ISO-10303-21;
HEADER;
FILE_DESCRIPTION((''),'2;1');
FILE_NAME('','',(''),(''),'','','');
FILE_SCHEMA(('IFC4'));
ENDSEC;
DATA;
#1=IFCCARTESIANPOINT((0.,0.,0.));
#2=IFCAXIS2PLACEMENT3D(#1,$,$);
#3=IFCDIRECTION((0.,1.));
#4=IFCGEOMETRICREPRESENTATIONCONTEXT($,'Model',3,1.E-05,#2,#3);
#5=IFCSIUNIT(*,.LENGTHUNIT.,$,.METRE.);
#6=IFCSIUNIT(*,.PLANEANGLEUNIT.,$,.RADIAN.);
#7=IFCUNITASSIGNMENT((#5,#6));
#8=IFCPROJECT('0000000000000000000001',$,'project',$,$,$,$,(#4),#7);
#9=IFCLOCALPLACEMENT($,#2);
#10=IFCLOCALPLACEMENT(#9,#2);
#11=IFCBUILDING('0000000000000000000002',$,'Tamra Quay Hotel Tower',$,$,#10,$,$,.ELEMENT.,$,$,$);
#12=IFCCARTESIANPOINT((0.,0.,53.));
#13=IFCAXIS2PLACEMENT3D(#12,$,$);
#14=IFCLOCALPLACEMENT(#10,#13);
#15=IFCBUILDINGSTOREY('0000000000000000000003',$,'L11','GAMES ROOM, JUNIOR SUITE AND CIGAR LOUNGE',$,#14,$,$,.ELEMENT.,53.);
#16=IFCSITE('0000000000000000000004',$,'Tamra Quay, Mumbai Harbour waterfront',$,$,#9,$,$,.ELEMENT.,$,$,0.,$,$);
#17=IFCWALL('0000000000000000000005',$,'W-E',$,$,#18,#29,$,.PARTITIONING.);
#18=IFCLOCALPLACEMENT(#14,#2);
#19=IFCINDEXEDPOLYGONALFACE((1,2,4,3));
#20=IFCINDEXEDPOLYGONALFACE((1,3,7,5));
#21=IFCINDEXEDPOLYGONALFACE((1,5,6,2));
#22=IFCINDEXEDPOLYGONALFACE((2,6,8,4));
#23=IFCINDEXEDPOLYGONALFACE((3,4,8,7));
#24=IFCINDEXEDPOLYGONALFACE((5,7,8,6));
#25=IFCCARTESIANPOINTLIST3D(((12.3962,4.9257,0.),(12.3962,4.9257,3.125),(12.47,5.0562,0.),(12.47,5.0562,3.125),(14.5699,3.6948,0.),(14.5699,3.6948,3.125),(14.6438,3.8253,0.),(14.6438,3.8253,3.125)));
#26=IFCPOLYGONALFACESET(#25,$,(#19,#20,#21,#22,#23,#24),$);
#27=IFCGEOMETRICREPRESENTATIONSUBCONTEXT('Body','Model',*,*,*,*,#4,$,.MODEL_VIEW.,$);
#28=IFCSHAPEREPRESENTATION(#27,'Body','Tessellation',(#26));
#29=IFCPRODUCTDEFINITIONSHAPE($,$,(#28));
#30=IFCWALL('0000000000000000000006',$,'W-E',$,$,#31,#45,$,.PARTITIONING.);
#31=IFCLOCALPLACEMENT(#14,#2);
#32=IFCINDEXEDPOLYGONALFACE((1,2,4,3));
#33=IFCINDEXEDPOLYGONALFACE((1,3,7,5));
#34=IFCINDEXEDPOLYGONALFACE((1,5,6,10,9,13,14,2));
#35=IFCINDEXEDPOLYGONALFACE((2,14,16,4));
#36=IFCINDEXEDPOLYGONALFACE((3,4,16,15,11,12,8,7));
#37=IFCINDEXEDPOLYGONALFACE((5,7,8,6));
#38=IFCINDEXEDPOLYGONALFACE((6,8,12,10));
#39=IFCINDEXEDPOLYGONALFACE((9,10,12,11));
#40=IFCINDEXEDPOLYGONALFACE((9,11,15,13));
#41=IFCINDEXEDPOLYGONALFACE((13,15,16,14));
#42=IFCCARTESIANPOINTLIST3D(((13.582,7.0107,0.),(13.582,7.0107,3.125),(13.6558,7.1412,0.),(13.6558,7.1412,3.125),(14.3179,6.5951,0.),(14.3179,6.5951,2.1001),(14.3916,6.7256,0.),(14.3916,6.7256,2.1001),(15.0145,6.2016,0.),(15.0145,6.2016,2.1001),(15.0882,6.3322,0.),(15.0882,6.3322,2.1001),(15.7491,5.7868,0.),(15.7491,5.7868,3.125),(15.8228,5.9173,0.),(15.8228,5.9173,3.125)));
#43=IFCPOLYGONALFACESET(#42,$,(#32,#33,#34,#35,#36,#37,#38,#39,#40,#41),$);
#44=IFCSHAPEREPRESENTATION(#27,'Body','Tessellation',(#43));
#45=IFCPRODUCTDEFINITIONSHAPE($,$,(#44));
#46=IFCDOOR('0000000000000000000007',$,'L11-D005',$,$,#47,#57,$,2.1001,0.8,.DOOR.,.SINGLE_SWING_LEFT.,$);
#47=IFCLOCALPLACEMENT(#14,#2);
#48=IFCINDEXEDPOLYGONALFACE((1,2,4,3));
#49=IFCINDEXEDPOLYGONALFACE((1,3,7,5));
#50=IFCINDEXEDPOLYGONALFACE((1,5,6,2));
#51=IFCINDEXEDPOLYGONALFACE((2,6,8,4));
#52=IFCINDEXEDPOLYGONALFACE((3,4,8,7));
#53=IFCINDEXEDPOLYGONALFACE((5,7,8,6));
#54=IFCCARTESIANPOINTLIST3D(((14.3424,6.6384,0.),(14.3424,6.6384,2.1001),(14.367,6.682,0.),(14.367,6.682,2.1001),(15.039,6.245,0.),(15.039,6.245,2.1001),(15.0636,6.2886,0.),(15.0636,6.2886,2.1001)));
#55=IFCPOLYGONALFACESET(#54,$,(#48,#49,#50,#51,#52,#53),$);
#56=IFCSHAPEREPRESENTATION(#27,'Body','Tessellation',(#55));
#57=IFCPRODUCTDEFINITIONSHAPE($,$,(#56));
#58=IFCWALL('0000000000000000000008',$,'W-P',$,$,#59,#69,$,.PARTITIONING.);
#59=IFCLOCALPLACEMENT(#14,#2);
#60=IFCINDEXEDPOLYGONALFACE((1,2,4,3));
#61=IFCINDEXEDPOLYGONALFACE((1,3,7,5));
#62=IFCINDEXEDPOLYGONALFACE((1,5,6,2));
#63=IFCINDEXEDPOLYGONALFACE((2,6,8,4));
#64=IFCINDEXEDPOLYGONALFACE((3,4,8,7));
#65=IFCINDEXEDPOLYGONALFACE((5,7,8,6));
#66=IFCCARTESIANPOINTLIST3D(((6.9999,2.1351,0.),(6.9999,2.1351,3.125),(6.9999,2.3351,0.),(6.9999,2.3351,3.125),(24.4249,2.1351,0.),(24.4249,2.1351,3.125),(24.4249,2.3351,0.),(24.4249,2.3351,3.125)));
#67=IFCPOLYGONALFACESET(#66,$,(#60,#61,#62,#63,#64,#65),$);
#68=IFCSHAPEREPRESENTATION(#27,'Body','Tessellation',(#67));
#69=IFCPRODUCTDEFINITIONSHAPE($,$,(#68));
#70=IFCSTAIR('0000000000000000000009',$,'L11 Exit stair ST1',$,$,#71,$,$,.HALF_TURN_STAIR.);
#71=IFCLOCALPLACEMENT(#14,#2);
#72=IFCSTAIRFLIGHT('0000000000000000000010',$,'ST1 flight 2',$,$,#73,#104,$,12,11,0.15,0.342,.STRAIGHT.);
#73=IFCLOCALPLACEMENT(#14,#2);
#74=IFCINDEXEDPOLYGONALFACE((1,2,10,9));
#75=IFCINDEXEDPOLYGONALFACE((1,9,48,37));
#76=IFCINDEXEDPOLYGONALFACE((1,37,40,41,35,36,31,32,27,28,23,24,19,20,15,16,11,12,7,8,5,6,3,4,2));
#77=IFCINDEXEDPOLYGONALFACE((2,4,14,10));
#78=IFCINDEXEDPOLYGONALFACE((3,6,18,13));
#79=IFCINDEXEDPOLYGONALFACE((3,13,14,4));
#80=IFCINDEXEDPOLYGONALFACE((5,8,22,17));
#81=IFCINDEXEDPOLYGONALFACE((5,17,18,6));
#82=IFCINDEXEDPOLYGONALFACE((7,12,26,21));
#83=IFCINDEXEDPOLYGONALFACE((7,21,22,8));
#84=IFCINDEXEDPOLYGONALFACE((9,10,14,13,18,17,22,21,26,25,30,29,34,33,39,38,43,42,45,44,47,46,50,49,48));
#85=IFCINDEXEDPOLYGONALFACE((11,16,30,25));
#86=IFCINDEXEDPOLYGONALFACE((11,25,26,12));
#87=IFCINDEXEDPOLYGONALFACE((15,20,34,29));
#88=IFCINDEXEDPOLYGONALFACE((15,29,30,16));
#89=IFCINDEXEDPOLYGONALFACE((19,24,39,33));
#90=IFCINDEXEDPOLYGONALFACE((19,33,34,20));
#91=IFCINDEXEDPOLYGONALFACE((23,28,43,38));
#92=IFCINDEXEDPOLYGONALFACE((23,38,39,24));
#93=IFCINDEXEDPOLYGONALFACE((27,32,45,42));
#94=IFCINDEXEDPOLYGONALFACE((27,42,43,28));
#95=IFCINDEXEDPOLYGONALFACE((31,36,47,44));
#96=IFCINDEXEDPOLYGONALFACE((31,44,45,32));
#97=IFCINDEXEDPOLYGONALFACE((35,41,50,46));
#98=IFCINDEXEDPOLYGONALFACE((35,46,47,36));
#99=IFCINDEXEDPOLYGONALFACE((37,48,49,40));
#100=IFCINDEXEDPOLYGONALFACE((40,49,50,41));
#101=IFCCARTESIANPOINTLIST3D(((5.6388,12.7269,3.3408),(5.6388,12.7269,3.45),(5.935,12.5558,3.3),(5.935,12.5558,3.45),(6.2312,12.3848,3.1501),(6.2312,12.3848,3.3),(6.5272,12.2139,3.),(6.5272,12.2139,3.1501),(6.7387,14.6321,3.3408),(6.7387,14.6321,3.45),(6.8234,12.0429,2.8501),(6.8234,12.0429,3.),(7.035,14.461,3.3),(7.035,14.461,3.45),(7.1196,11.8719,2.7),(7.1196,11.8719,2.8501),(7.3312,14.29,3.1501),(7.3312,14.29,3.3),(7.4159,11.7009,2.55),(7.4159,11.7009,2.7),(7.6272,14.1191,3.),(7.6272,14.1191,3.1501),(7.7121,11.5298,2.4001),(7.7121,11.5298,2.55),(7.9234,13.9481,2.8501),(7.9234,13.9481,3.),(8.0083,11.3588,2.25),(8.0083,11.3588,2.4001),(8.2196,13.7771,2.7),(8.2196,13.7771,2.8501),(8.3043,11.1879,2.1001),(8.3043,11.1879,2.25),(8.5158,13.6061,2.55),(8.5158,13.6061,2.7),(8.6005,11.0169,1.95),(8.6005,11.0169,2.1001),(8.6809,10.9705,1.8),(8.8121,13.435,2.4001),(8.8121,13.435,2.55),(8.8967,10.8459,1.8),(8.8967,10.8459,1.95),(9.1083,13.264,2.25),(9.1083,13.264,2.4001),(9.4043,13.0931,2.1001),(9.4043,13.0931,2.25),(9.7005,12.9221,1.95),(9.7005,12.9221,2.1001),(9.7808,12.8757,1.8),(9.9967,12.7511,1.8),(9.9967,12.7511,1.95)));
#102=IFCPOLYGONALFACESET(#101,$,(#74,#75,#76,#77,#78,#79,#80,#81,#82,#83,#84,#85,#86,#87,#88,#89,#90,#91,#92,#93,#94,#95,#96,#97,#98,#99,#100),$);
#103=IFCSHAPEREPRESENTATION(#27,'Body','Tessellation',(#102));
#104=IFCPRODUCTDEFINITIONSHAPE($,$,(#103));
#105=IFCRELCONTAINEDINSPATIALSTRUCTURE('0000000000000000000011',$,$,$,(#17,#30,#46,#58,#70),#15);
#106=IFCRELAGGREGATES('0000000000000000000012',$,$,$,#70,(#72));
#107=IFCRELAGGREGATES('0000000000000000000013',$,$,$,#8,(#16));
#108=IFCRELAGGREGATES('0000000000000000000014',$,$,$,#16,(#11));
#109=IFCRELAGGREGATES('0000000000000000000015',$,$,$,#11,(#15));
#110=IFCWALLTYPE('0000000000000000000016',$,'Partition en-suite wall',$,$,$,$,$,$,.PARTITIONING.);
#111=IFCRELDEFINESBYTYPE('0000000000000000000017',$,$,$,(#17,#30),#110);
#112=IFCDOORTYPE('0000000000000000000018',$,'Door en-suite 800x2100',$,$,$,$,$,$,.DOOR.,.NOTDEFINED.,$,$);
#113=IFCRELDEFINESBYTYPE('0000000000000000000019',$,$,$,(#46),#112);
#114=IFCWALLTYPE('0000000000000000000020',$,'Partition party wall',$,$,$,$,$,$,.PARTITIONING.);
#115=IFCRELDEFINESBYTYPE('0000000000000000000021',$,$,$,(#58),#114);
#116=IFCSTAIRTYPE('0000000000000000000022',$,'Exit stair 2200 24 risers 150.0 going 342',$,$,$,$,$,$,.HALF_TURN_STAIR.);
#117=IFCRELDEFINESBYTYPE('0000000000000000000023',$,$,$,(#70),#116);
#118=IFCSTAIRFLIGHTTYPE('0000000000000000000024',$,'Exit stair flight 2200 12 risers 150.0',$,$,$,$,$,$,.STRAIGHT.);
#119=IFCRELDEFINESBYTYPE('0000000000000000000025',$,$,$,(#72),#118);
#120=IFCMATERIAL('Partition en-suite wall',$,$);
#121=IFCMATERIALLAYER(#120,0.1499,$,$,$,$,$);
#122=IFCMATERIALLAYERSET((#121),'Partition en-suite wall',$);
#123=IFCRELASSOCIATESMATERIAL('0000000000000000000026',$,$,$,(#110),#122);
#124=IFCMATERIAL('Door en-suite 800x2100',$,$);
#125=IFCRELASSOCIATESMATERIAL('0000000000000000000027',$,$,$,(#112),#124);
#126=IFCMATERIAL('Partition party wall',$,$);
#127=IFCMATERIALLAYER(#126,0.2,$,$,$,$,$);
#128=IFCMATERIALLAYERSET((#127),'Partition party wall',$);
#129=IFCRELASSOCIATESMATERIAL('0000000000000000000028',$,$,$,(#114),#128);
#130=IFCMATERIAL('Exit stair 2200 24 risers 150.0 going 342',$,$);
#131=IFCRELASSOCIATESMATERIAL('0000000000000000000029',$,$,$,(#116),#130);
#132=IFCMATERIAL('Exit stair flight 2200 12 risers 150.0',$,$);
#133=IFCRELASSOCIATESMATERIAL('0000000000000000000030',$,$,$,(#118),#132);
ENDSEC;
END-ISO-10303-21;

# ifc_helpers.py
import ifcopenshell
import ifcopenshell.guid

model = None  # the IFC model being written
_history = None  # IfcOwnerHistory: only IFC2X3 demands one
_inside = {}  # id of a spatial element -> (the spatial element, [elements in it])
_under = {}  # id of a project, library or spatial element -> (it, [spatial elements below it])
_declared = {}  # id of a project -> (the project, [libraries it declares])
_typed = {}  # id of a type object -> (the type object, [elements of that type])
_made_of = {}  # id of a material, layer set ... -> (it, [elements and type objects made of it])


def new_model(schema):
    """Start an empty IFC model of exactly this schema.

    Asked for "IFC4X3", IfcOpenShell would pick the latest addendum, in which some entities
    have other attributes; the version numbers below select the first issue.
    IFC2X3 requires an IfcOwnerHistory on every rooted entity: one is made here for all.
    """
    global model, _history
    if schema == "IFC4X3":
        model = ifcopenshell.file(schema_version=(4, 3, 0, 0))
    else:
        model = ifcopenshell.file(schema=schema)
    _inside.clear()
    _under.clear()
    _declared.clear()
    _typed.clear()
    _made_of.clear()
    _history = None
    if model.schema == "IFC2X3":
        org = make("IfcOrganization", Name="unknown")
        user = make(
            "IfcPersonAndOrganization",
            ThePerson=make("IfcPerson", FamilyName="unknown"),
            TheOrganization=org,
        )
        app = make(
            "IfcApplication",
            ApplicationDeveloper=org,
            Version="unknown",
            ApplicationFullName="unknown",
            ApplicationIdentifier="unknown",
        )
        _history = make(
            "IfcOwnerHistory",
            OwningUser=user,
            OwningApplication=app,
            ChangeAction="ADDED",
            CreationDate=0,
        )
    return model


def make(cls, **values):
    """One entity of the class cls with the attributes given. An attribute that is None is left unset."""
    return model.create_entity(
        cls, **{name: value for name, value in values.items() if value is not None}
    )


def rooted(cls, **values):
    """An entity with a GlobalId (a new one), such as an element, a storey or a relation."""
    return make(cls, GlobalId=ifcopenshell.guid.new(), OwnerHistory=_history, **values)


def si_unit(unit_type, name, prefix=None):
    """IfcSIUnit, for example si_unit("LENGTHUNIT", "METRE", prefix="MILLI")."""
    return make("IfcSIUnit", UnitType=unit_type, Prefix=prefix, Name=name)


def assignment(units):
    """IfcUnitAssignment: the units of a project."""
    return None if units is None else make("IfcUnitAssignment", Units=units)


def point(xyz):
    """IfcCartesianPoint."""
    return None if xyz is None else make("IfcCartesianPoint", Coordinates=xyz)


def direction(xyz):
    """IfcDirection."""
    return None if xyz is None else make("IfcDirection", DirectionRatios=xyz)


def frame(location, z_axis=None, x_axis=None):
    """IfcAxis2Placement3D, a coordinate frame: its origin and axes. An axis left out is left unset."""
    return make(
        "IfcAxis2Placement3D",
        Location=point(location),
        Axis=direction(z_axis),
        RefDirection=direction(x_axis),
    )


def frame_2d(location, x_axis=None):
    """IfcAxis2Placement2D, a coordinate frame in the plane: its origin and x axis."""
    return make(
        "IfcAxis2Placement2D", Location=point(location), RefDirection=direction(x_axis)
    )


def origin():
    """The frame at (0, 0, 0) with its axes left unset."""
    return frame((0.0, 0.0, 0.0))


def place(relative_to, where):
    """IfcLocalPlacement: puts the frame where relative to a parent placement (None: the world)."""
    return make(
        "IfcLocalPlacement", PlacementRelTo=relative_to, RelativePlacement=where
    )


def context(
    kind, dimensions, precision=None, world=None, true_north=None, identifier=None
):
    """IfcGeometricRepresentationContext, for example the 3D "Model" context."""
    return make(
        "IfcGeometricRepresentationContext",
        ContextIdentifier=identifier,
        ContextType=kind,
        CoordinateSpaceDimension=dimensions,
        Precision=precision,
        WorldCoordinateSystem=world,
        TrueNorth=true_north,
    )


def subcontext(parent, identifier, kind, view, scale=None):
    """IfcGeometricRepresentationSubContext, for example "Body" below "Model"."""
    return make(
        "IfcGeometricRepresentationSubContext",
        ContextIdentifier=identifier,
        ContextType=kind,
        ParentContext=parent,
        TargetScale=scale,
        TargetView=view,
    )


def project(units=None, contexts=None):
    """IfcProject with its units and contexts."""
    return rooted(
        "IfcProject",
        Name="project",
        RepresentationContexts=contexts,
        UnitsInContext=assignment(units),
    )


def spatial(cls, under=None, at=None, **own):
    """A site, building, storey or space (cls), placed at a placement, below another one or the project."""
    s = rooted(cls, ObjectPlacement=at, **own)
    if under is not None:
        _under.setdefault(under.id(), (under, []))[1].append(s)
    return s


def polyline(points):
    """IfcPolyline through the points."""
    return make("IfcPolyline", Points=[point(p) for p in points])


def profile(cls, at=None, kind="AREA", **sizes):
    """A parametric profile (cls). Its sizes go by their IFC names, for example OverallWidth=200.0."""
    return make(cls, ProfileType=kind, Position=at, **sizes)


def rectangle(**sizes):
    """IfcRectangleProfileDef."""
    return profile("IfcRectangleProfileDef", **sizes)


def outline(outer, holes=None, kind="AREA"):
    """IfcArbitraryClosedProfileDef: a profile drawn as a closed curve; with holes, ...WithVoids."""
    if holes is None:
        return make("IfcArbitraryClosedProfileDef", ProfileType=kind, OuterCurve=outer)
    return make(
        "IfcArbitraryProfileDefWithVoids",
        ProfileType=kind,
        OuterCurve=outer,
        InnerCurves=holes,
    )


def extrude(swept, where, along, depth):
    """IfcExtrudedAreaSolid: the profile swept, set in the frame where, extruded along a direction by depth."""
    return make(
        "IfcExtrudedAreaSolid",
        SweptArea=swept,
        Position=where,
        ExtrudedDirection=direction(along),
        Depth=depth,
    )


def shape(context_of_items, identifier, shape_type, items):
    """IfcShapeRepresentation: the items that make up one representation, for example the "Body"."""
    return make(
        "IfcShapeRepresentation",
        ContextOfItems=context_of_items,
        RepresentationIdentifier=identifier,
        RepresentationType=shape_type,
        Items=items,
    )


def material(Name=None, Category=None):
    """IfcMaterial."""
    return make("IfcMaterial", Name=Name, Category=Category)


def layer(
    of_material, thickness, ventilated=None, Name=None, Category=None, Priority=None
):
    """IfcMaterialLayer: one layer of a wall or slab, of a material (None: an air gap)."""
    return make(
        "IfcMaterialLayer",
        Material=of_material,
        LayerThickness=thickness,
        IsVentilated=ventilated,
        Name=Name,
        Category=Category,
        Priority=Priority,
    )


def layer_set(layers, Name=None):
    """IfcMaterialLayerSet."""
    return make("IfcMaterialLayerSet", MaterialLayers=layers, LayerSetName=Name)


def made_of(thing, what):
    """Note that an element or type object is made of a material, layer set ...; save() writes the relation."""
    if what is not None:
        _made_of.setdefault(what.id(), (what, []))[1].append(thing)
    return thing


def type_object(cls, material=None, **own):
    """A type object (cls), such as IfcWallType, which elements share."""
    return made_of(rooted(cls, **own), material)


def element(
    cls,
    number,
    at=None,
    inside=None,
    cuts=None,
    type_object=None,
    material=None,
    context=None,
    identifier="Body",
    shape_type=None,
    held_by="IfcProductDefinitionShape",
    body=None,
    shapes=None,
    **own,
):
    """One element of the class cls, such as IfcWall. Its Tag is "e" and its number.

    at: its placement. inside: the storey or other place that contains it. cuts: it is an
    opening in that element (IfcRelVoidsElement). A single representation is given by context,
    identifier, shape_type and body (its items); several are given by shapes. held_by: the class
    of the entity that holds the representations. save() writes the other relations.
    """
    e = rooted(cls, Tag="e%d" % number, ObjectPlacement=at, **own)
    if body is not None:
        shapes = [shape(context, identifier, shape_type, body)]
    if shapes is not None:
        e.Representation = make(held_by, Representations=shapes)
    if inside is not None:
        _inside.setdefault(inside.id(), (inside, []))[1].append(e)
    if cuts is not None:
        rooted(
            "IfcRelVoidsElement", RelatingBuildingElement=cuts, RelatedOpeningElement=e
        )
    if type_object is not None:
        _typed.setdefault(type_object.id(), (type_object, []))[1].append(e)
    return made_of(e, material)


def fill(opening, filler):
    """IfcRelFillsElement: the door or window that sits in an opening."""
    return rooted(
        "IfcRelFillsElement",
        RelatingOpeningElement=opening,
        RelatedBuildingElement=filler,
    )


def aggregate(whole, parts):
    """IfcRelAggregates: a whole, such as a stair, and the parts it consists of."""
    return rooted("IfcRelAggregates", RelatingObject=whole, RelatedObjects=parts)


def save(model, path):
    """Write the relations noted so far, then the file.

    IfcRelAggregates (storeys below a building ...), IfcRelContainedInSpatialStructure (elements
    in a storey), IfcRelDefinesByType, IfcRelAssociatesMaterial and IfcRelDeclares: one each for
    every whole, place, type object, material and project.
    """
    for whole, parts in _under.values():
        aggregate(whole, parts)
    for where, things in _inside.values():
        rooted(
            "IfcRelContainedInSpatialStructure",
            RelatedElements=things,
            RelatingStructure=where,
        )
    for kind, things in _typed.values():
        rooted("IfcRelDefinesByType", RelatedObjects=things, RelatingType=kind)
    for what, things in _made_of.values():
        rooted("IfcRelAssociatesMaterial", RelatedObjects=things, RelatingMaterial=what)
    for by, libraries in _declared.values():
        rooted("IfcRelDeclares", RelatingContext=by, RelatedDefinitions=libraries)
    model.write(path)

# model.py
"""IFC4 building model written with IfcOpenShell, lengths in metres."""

from ifc_helpers import new_model, si_unit, direction, frame, frame_2d, origin, place, context, subcontext, project, spatial, polyline, rectangle, outline, extrude, material, layer, layer_set, type_object, element, fill, aggregate, save


model = new_model("IFC4")

# Units and contexts
model_context = context("Model", 3, precision=1e-05, world=origin(), true_north=direction((0.0, 1.0)))
body_context = subcontext(model_context, "Body", "Model", "MODEL_VIEW")
ifc_project = project(units=[si_unit("LENGTHUNIT", "METRE"), si_unit("PLANEANGLEUNIT", "RADIAN")], contexts=[model_context])

# Site, building, storey
site_placement = place(None, origin())
site = spatial("IfcSite", under=ifc_project, at=site_placement, Name="Tamra Quay, Mumbai Harbour waterfront", CompositionType="ELEMENT", RefElevation=0.0)
building_placement = place(site_placement, origin())
building = spatial("IfcBuilding", under=site, at=building_placement, Name="Tamra Quay Hotel Tower", CompositionType="ELEMENT")
storey_placement = place(building_placement, frame((0.0, 0.0, 53.0)))
storey = spatial("IfcBuildingStorey", under=building, at=storey_placement, Name="L11", Description="GAMES ROOM, JUNIOR SUITE AND CIGAR LOUNGE", CompositionType="ELEMENT", Elevation=53.0)

# Wall
ifc_material_1 = material(Name="Partition en-suite wall")
ifc_layer_1 = layer(ifc_material_1, 0.1499)
ifc_layer_set_1 = layer_set([ifc_layer_1], Name="Partition en-suite wall")
wall_type_1 = type_object("IfcWallType", Name="Partition en-suite wall", PredefinedType="PARTITIONING", material=ifc_layer_set_1)
wall_1_placement = place(storey_placement, frame((12.4331, 4.991, 0.0), z_axis=(0.0, 0.0, 1.0), x_axis=(0.870173, -0.492746, 0.0)))
element("IfcWall", 1, at=wall_1_placement, inside=storey, type_object=wall_type_1, Name="W-E", PredefinedType="PARTITIONING", context=body_context, shape_type="SweptSolid", body=[
    extrude(rectangle(XDim=2.498, YDim=0.1499, at=frame_2d((1.249, 0.0))), origin(), (0.0, 0.0, 1.0), 3.125),
])

# Wall, opening, door
wall_2_placement = place(storey_placement, frame((13.6189, 7.0759, 0.0), z_axis=(0.0, 0.0, 1.0), x_axis=(0.870725, -0.49177, 0.0)))
wall_2 = element("IfcWall", 2, at=wall_2_placement, inside=storey, type_object=wall_type_1, Name="W-E", PredefinedType="PARTITIONING", context=body_context, shape_type="SweptSolid", body=[
    extrude(rectangle(XDim=2.4888, YDim=0.1499, at=frame_2d((1.2444, 0.0))), origin(), (0.0, 0.0, 1.0), 3.125),
])
opening_1_placement = place(wall_2_placement, frame((0.8452, 0.0, 0.0)))
opening_1 = element("IfcOpeningElement", 3, at=opening_1_placement, cuts=wall_2, PredefinedType="OPENING", context=body_context, shape_type="SweptSolid", body=[
    extrude(rectangle(XDim=0.8, YDim=2.1001, at=frame_2d((0.3999, 1.05))), frame((0.0, 0.085, 0.0), z_axis=(0.0, -1.0, 0.0), x_axis=(1.0, 0.0, 0.0)), (0.0, 0.0, 1.0), 0.1699),
])
ifc_material_2 = material(Name="Door en-suite 800x2100")
door_type_1 = type_object("IfcDoorType", Name="Door en-suite 800x2100", OperationType="NOTDEFINED", PredefinedType="DOOR", material=ifc_material_2)
door_1_placement = place(opening_1_placement, origin())
door_1 = element("IfcDoor", 4, at=door_1_placement, inside=storey, type_object=door_type_1, Name="L11-D005", OperationType="SINGLE_SWING_LEFT", OverallHeight=2.1001, OverallWidth=0.8, PredefinedType="DOOR", context=body_context, shape_type="SweptSolid", body=[
    extrude(rectangle(XDim=0.8, YDim=2.1001, at=frame_2d((0.3999, 1.05))), frame((0.0, 0.0249, 0.0), z_axis=(0.0, -1.0, 0.0), x_axis=(1.0, 0.0, 0.0)), (0.0, 0.0, 1.0), 0.05),
])
fill(opening_1, door_1)

# Wall
ifc_material_3 = material(Name="Partition party wall")
ifc_layer_2 = layer(ifc_material_3, 0.2)
ifc_layer_set_2 = layer_set([ifc_layer_2], Name="Partition party wall")
wall_type_2 = type_object("IfcWallType", Name="Partition party wall", PredefinedType="PARTITIONING", material=ifc_layer_set_2)
wall_3_placement = place(storey_placement, frame((7.0, 2.2351, 0.0), z_axis=(0.0, 0.0, 1.0), x_axis=(1.0, 0.0, 0.0)))
element("IfcWall", 5, at=wall_3_placement, inside=storey, type_object=wall_type_2, Name="W-P", PredefinedType="PARTITIONING", context=body_context, shape_type="SweptSolid", body=[
    extrude(rectangle(XDim=17.425, YDim=0.2, at=frame_2d((8.7124, 0.0))), origin(), (0.0, 0.0, 1.0), 3.125),
])

# Stair, stair flight
ifc_material_4 = material(Name="Exit stair 2200 24 risers 150.0 going 342")
stair_type = type_object("IfcStairType", Name="Exit stair 2200 24 risers 150.0 going 342", PredefinedType="HALF_TURN_STAIR", material=ifc_material_4)
stair_placement = place(storey_placement, origin())
stair = element("IfcStair", 6, at=stair_placement, inside=storey, type_object=stair_type, Name="L11 Exit stair ST1", PredefinedType="HALF_TURN_STAIR")
ifc_material_5 = material(Name="Exit stair flight 2200 12 risers 150.0")
stair_flight_type = type_object("IfcStairFlightType", Name="Exit stair flight 2200 12 risers 150.0", PredefinedType="STRAIGHT", material=ifc_material_5)
stair_flight_placement = place(storey_placement, frame((9.4468, 11.7986, 1.8), z_axis=(0.0, 0.0, 1.0), x_axis=(-0.866025, 0.5, 0.0)))
stair_flight = element("IfcStairFlight", 7, at=stair_flight_placement, type_object=stair_flight_type, Name="ST1 flight 2", NumberOfRisers=12, NumberOfTreads=11, PredefinedType="STRAIGHT", RiserHeight=0.15, TreadLength=0.342, context=body_context, shape_type="SweptSolid", body=[
    extrude(outline(polyline([(0.0, 0.0), (0.0, 0.1499), (0.342, 0.1499), (0.342, 0.3), (0.6841, 0.3), (0.6841, 0.45), (1.0259, 0.45), (1.0259, 0.6001), (1.3679, 0.6001), (1.3679, 0.75), (1.71, 0.75), (1.71, 0.8999), (2.052, 0.8999), (2.052, 1.05), (2.394, 1.05), (2.394, 1.2), (2.7361, 1.2), (2.7361, 1.3501), (3.0779, 1.3501), (3.0779, 1.5), (3.4199, 1.5), (3.4199, 1.6499), (3.762, 1.6499), (3.762, 1.8), (3.762, 1.5408), (0.2493, 0.0), (0.0, 0.0)])), frame((0.0, 1.1001, 0.0), z_axis=(0.0, -1.0, 0.0), x_axis=(1.0, 0.0, 0.0)), (0.0, 0.0, 1.0), 2.2),
])
aggregate(stair, [stair_flight])

save(model, "model.ifc")
